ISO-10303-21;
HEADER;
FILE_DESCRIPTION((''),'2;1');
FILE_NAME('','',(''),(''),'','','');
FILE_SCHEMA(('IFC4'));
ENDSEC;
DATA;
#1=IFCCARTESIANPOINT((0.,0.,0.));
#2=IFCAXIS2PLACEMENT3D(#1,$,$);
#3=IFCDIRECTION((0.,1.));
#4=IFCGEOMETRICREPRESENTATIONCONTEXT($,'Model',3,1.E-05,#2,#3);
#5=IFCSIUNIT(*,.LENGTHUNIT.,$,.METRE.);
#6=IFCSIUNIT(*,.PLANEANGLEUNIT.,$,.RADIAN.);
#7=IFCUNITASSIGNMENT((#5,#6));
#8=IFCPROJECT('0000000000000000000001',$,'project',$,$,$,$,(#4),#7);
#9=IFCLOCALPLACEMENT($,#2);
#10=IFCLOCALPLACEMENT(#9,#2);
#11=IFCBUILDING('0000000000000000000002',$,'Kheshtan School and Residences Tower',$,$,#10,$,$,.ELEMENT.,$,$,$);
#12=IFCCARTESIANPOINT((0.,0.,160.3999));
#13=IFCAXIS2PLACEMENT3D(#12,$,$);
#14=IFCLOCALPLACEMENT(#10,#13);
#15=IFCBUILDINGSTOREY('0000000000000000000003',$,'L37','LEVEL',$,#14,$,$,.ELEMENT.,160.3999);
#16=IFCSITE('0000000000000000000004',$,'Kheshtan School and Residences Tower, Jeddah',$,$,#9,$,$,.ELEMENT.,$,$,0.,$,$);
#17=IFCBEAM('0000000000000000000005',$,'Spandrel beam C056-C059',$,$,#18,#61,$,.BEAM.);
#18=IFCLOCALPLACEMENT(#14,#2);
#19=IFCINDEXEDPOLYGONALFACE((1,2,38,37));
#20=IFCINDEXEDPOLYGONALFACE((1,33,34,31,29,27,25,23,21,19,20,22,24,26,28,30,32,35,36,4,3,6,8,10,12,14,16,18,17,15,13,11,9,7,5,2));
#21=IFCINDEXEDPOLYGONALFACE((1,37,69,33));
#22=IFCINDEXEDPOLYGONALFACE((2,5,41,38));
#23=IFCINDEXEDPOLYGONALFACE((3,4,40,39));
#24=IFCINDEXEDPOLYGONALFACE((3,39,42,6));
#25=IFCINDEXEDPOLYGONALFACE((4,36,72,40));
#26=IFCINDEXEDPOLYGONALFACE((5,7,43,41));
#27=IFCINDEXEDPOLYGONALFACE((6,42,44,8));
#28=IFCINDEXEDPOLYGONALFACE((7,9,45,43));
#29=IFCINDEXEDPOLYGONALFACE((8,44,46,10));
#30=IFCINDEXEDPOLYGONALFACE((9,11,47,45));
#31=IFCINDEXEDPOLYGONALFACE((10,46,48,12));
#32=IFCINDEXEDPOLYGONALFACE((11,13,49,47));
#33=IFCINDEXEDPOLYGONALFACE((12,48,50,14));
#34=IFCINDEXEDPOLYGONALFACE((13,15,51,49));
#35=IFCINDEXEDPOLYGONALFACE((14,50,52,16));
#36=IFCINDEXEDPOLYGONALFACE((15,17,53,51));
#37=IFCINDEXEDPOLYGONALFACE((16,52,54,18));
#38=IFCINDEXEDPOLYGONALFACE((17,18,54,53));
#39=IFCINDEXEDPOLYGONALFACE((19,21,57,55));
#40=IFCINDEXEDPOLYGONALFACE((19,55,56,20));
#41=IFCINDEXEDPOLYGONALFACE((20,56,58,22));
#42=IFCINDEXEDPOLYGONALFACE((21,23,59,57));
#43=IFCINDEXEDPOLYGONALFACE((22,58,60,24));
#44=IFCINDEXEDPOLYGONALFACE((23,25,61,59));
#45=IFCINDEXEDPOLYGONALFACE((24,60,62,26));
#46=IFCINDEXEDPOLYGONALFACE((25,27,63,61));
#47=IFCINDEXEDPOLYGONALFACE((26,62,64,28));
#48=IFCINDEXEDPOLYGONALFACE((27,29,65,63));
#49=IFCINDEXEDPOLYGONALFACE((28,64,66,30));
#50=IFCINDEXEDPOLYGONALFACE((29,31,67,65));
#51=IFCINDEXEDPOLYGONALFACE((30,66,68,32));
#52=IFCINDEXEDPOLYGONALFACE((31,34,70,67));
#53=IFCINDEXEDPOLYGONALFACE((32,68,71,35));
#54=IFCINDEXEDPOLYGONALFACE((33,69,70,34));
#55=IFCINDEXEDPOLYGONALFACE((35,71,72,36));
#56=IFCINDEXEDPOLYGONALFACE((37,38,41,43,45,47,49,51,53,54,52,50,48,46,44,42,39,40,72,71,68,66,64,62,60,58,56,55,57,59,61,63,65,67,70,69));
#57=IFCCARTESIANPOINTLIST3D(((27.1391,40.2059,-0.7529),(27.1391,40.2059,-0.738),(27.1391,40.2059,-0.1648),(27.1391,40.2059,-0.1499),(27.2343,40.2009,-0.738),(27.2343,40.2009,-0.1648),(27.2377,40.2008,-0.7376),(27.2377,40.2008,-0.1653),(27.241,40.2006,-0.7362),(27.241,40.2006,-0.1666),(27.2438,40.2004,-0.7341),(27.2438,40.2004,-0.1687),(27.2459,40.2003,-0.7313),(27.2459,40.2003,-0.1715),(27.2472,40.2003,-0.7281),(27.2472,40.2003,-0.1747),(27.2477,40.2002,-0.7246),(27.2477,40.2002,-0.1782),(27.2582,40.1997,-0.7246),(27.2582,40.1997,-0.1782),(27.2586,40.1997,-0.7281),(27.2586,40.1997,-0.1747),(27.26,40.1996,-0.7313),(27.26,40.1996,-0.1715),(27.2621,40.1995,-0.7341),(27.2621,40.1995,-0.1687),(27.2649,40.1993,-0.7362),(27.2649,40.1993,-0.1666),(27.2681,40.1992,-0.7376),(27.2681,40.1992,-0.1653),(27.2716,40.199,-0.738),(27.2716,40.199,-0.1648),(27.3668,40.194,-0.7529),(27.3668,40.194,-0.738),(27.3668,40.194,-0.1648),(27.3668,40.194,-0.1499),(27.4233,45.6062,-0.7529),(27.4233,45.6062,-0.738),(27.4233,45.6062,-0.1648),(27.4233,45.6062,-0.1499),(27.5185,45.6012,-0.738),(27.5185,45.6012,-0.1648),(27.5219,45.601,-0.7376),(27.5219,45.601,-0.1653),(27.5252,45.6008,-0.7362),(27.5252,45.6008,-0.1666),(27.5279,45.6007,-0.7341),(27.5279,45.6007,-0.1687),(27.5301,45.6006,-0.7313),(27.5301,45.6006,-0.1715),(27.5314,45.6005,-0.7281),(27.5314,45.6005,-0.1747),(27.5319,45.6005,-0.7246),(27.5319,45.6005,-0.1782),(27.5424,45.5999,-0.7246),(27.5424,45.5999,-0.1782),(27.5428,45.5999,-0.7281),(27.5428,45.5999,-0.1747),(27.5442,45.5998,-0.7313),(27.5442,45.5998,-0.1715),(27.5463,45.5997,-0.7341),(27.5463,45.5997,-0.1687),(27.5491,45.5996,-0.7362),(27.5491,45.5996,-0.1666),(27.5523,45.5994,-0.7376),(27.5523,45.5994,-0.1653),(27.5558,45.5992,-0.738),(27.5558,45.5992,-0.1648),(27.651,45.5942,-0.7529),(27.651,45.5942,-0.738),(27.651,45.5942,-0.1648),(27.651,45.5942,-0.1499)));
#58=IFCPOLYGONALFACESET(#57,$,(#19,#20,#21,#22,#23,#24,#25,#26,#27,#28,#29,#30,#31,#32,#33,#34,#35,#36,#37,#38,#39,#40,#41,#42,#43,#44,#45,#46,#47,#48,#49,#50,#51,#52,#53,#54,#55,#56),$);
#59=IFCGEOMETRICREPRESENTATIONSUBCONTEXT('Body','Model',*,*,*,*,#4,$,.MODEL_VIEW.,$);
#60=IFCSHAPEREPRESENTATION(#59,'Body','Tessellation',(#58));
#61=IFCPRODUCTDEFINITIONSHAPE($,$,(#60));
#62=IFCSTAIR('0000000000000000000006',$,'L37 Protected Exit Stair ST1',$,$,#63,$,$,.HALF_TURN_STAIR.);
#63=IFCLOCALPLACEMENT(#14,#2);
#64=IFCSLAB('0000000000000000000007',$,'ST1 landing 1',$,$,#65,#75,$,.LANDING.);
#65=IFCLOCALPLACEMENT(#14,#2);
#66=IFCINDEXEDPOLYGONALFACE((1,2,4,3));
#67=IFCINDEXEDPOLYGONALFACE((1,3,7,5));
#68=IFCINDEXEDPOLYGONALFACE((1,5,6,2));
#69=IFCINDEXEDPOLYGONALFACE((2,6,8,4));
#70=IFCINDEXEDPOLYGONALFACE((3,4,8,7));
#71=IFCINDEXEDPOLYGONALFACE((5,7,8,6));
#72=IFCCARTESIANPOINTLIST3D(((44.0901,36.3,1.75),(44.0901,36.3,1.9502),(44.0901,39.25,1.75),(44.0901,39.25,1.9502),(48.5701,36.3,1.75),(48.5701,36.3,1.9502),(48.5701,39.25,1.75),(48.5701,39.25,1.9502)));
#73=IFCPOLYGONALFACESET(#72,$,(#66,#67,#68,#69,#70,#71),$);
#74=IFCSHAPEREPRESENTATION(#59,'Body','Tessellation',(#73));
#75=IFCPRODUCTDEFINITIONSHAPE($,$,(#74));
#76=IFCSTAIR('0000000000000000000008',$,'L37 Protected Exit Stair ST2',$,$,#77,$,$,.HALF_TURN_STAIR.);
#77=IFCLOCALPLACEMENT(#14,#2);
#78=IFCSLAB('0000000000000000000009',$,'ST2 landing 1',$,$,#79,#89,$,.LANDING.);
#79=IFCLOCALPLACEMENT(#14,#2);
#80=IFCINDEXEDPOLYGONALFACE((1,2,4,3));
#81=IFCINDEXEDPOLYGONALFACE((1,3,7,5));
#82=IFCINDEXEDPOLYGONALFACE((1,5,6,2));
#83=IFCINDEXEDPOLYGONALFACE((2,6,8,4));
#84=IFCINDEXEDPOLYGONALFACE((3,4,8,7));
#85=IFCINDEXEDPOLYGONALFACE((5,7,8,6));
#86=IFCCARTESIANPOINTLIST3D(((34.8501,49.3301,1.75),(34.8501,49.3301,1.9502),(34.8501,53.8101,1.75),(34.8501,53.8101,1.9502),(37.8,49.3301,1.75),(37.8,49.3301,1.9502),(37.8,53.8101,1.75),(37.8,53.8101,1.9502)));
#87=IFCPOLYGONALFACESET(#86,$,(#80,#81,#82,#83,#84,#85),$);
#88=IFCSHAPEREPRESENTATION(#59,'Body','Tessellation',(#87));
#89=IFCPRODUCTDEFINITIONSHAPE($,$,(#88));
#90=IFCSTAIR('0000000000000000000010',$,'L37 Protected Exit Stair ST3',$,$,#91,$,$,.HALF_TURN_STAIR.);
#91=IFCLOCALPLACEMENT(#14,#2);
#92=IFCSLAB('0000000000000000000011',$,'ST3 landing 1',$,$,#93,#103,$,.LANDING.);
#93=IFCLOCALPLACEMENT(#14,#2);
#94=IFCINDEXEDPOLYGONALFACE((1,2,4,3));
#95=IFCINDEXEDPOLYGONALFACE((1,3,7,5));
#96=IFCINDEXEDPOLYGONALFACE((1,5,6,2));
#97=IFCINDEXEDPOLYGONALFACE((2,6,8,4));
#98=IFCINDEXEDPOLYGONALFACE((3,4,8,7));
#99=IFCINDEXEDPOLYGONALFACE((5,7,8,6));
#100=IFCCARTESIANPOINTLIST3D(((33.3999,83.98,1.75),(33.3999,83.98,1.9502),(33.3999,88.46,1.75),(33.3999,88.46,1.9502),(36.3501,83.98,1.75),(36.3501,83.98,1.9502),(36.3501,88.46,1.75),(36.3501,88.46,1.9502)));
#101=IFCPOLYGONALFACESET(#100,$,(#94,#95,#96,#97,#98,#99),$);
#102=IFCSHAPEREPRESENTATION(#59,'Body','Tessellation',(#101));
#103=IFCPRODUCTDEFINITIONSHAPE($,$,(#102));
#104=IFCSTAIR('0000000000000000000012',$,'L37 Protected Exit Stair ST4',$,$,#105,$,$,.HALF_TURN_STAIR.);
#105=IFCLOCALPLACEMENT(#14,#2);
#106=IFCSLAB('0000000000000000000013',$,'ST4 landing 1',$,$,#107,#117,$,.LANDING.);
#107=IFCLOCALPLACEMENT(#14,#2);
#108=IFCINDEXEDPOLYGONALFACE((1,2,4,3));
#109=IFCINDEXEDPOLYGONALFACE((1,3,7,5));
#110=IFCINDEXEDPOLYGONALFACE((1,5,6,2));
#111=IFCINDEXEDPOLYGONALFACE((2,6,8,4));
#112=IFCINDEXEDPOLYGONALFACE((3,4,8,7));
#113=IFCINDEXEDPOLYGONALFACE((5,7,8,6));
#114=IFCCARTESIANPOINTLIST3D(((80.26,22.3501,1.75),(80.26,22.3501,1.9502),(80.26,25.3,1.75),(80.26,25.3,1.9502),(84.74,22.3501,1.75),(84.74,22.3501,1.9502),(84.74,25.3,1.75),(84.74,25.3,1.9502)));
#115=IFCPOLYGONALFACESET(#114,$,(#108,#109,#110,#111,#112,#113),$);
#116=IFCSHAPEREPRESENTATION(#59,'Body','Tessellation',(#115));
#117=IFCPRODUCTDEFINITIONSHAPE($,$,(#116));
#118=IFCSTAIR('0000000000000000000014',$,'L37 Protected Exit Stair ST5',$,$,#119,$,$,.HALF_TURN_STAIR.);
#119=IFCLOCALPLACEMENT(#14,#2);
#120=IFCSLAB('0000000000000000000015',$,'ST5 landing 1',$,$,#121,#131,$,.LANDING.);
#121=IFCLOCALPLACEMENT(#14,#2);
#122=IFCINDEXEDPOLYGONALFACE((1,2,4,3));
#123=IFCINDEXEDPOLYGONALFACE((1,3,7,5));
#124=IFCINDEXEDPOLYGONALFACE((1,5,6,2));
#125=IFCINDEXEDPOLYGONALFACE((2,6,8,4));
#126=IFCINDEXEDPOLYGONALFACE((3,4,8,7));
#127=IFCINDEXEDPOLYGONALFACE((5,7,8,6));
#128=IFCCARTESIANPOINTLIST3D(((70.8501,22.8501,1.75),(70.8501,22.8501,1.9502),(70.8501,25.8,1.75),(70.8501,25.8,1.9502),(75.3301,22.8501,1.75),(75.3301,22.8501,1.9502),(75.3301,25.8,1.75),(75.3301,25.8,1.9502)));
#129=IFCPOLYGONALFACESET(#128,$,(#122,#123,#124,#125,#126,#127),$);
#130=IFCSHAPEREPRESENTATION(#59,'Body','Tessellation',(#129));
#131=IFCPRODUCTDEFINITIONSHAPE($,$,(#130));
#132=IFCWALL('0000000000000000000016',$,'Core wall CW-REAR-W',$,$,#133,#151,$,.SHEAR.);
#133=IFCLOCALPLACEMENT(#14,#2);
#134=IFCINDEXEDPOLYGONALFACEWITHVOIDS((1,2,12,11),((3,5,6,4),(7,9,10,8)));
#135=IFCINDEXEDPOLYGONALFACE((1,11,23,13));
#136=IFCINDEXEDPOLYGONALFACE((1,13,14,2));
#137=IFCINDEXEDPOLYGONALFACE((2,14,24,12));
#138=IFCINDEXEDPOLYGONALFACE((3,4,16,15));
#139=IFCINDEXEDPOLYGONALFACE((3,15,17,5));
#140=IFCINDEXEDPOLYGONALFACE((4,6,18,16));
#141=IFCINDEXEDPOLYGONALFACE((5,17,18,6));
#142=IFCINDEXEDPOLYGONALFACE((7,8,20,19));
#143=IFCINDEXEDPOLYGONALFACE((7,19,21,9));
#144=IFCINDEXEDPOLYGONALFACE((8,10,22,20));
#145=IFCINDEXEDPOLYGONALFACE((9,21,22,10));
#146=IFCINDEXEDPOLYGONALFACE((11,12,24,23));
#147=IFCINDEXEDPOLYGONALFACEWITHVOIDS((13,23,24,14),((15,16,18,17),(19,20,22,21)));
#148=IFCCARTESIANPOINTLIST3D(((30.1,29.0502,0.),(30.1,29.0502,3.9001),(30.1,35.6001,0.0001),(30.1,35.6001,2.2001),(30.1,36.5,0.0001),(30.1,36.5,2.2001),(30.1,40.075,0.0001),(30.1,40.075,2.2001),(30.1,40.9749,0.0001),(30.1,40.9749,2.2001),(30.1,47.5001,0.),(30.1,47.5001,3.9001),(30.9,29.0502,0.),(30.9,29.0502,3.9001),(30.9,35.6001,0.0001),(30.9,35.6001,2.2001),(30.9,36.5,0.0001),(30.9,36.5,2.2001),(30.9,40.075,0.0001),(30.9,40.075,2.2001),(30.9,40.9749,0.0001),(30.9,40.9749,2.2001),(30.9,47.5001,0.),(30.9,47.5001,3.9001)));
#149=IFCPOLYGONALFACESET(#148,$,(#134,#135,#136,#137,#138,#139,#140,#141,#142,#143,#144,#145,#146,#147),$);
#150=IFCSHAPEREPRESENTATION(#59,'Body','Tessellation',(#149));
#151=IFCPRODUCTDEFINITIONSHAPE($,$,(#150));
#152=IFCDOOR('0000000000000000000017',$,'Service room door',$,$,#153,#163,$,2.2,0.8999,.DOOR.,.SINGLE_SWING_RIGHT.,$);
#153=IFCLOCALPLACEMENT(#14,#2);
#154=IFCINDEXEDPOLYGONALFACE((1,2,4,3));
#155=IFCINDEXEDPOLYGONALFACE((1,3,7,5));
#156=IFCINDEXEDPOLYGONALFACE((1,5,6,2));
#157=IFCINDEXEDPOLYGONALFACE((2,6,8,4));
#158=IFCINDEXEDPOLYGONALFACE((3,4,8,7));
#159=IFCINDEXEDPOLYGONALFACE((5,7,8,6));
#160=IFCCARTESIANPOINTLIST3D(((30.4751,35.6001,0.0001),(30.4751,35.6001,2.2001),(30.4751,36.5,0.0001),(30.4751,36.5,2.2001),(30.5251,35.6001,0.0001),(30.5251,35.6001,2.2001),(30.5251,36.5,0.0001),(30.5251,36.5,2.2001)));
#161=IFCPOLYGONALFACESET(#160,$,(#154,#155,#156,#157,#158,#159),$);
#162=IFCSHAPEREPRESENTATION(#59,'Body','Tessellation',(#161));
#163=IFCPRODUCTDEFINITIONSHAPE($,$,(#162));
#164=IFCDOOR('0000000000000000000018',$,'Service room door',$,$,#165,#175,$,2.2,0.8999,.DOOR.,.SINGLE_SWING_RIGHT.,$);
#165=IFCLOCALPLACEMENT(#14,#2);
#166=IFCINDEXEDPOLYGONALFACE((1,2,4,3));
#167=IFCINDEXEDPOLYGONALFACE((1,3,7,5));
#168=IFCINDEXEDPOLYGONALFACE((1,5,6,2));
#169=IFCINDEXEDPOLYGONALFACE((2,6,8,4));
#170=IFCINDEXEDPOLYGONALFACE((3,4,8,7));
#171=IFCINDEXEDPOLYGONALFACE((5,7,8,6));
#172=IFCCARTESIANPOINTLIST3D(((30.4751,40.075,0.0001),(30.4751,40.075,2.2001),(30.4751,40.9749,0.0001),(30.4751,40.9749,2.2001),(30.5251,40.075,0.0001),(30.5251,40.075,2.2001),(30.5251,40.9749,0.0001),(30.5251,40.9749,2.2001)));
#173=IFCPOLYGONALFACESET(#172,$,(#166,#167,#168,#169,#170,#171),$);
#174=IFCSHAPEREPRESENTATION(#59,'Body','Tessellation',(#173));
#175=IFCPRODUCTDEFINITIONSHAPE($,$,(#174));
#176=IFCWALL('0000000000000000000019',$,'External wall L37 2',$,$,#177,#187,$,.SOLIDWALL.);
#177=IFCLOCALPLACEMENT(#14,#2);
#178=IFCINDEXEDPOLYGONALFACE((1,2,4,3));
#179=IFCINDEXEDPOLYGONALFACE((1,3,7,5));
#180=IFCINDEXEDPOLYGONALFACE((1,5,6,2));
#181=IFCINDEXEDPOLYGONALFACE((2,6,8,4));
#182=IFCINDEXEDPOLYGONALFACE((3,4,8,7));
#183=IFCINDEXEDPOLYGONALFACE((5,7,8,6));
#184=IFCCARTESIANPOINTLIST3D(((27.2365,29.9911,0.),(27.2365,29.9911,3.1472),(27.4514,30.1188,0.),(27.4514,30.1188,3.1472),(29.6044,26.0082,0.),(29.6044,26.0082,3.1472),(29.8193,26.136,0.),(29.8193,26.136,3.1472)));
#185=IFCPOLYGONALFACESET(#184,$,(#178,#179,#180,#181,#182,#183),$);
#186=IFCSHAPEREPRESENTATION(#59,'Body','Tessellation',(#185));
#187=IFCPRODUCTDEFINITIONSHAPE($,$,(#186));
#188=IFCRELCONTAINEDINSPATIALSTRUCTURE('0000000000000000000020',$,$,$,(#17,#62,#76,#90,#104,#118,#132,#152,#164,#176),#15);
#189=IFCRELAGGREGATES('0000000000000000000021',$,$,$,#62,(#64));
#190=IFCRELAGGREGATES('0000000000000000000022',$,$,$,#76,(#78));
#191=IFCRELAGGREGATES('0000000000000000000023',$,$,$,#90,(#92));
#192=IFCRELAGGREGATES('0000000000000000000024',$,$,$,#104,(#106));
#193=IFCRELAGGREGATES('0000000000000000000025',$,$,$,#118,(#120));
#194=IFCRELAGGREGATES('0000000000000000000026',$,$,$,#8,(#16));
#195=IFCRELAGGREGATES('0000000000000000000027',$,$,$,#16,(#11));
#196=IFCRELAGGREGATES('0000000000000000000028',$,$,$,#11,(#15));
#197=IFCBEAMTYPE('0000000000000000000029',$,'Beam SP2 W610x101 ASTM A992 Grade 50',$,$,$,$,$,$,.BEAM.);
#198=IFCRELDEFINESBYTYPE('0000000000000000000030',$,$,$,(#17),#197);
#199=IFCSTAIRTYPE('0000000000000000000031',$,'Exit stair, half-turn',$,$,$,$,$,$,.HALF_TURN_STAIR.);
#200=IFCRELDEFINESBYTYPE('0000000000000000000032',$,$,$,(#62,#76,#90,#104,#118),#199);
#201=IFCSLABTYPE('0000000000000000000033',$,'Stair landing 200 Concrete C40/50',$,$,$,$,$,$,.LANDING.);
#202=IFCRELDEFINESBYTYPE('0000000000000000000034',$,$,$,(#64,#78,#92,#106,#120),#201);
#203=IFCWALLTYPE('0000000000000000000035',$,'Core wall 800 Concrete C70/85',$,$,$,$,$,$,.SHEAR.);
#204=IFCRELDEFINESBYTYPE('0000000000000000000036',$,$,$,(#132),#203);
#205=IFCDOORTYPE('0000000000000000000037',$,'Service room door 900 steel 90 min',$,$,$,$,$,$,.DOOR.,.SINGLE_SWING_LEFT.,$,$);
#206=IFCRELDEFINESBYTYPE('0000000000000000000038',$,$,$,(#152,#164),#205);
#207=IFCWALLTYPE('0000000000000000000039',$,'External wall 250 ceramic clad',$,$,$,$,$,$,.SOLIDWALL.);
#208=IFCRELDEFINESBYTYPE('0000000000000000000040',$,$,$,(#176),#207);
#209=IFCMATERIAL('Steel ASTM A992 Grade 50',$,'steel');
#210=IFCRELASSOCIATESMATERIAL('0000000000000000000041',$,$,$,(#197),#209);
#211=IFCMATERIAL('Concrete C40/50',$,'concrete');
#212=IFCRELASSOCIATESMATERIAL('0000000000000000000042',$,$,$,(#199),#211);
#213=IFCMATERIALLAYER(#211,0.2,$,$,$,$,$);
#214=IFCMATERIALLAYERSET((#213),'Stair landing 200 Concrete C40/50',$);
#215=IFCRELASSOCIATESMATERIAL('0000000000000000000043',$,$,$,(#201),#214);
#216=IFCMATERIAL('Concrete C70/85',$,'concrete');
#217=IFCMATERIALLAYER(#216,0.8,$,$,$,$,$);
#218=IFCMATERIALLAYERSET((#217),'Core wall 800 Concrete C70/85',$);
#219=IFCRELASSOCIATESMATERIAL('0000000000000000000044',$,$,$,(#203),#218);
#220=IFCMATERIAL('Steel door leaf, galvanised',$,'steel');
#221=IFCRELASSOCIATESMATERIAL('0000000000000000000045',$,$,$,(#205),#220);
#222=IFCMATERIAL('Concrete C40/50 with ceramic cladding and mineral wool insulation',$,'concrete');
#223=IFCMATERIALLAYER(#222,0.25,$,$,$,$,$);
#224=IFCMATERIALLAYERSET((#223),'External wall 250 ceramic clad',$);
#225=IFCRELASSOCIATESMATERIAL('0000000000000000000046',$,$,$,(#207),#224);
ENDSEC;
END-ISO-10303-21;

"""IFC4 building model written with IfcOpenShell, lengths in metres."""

from ifc_helpers import new_model, si_unit, direction, frame, frame_2d, origin, origin_2d, place, context, subcontext, project, spatial, polyline, rectangle, i_section, outline, extrude, source, transform, mapped, material, layer, layer_set, material_profile, profile_set, type_object, element, fill, aggregate, save


model = new_model("IFC4")

# Units and contexts
model_context = context("Model", 3, precision=1e-05, world=origin(), true_north=direction((0.0, 1.0)))
body_context = subcontext(model_context, "Body", "Model", "MODEL_VIEW")
ifc_project = project(units=[si_unit("LENGTHUNIT", "METRE"), si_unit("PLANEANGLEUNIT", "RADIAN")], contexts=[model_context])

# Site, building, storey
site_placement = place(None, origin())
site = spatial("IfcSite", under=ifc_project, at=site_placement, Name="Kheshtan School and Residences Tower, Jeddah", CompositionType="ELEMENT", RefElevation=0.0)
building_placement = place(site_placement, origin())
building = spatial("IfcBuilding", under=site, at=building_placement, Name="Kheshtan School and Residences Tower", CompositionType="ELEMENT")
storey_placement = place(building_placement, frame((0.0, 0.0, 160.3999)))
storey = spatial("IfcBuildingStorey", under=building, at=storey_placement, Name="L37", Description="LEVEL", CompositionType="ELEMENT", Elevation=160.3999)

# Shared definitions
ifc_material_1 = material(Name="Steel ASTM A992 Grade 50", Category="steel")

# Beam
ifc_material_profile_1 = material_profile(ifc_material_1, i_section(OverallWidth=0.228, OverallDepth=0.603, WebThickness=0.0105, FlangeThickness=0.0149, FilletRadius=0.0134, at=origin_2d()), Name="W610x101")
ifc_profile_set_1 = profile_set([ifc_material_profile_1], Name="Steel ASTM A992 Grade 50")
beam_type_1 = type_object("IfcBeamType", Name="Beam SP2 W610x101 ASTM A992 Grade 50", PredefinedType="BEAM", material=ifc_profile_set_1)
beam_1_placement = place(storey_placement, frame((27.2529, 40.2, -0.4514), z_axis=(0.052552, 0.998618, 0.0), x_axis=(-0.998618, 0.052552, 0.0)))
element("IfcBeam", 1, at=beam_1_placement, inside=storey, type_object=beam_type_1, Name="Spandrel beam C056-C059", PredefinedType="BEAM", context=body_context, shape_type="SweptSolid", body=[
    extrude(i_section(OverallWidth=0.228, OverallDepth=0.603, WebThickness=0.0105, FlangeThickness=0.0149, FilletRadius=0.0134, at=origin_2d()), origin(), (0.0, 0.0, 1.0), 5.4077),
])

# Shared definitions
ifc_material_2 = material(Name="Concrete C40/50", Category="concrete")

# Stairs, slabs
stair_type = type_object("IfcStairType", Name="Exit stair, half-turn", PredefinedType="HALF_TURN_STAIR", material=ifc_material_2)
stair_1_placement = place(storey_placement, origin())
stair_1 = element("IfcStair", 2, at=stair_1_placement, inside=storey, type_object=stair_type, Name="L37 Protected Exit Stair ST1", PredefinedType="HALF_TURN_STAIR")
ifc_layer_1 = layer(ifc_material_2, 0.2)
ifc_layer_set_1 = layer_set([ifc_layer_1], Name="Stair landing 200 Concrete C40/50")
slab_type_1 = type_object("IfcSlabType", Name="Stair landing 200 Concrete C40/50", PredefinedType="LANDING", material=ifc_layer_set_1)
slab_1_placement = place(storey_placement, frame((0.0, 0.0, 1.75)))
slab_1 = element("IfcSlab", 3, at=slab_1_placement, type_object=slab_type_1, Name="ST1 landing 1", PredefinedType="LANDING", context=body_context, shape_type="SweptSolid", body=[
    extrude(outline(polyline([(48.5701, 39.25), (44.0901, 39.25), (44.0901, 36.3), (48.5701, 36.3), (48.5701, 39.25)])), origin(), (0.0, 0.0, 1.0), 0.2002),
])
aggregate(stair_1, [slab_1])
stair_2_placement = place(storey_placement, origin())
stair_2 = element("IfcStair", 4, at=stair_2_placement, inside=storey, type_object=stair_type, Name="L37 Protected Exit Stair ST2", PredefinedType="HALF_TURN_STAIR")
slab_2_placement = place(storey_placement, frame((0.0, 0.0, 1.75)))
slab_2 = element("IfcSlab", 5, at=slab_2_placement, type_object=slab_type_1, Name="ST2 landing 1", PredefinedType="LANDING", context=body_context, shape_type="SweptSolid", body=[
    extrude(outline(polyline([(37.8, 49.3301), (37.8, 53.8101), (34.8501, 53.8101), (34.8501, 49.3301), (37.8, 49.3301)])), origin(), (0.0, 0.0, 1.0), 0.2002),
])
aggregate(stair_2, [slab_2])
stair_3_placement = place(storey_placement, origin())
stair_3 = element("IfcStair", 6, at=stair_3_placement, inside=storey, type_object=stair_type, Name="L37 Protected Exit Stair ST3", PredefinedType="HALF_TURN_STAIR")
slab_3_placement = place(storey_placement, frame((0.0, 0.0, 1.75)))
slab_3 = element("IfcSlab", 7, at=slab_3_placement, type_object=slab_type_1, Name="ST3 landing 1", PredefinedType="LANDING", context=body_context, shape_type="SweptSolid", body=[
    extrude(outline(polyline([(36.3501, 83.98), (36.3501, 88.46), (33.3999, 88.46), (33.3999, 83.98), (36.3501, 83.98)])), origin(), (0.0, 0.0, 1.0), 0.2002),
])
aggregate(stair_3, [slab_3])
stair_4_placement = place(storey_placement, origin())
stair_4 = element("IfcStair", 8, at=stair_4_placement, inside=storey, type_object=stair_type, Name="L37 Protected Exit Stair ST4", PredefinedType="HALF_TURN_STAIR")
slab_4_placement = place(storey_placement, frame((0.0, 0.0, 1.75)))
slab_4 = element("IfcSlab", 9, at=slab_4_placement, type_object=slab_type_1, Name="ST4 landing 1", PredefinedType="LANDING", context=body_context, shape_type="SweptSolid", body=[
    extrude(outline(polyline([(84.74, 25.3), (80.26, 25.3), (80.26, 22.3501), (84.74, 22.3501), (84.74, 25.3)])), origin(), (0.0, 0.0, 1.0), 0.2002),
])
aggregate(stair_4, [slab_4])
stair_5_placement = place(storey_placement, origin())
stair_5 = element("IfcStair", 10, at=stair_5_placement, inside=storey, type_object=stair_type, Name="L37 Protected Exit Stair ST5", PredefinedType="HALF_TURN_STAIR")
slab_5_placement = place(storey_placement, frame((0.0, 0.0, 1.75)))
slab_5 = element("IfcSlab", 11, at=slab_5_placement, type_object=slab_type_1, Name="ST5 landing 1", PredefinedType="LANDING", context=body_context, shape_type="SweptSolid", body=[
    extrude(outline(polyline([(75.3301, 25.8), (70.8501, 25.8), (70.8501, 22.8501), (75.3301, 22.8501), (75.3301, 25.8)])), origin(), (0.0, 0.0, 1.0), 0.2002),
])
aggregate(stair_5, [slab_5])

# Wall, openings, doors
ifc_material_3 = material(Name="Concrete C70/85", Category="concrete")
ifc_layer_2 = layer(ifc_material_3, 0.8)
ifc_layer_set_2 = layer_set([ifc_layer_2], Name="Core wall 800 Concrete C70/85")
wall_type_1 = type_object("IfcWallType", Name="Core wall 800 Concrete C70/85", PredefinedType="SHEAR", material=ifc_layer_set_2)
wall_1_placement = place(storey_placement, frame((30.5, 29.05, 0.0), z_axis=(0.0, 0.0, 1.0), x_axis=(0.0, 1.0, 0.0)))
wall_1 = element("IfcWall", 12, at=wall_1_placement, inside=storey, type_object=wall_type_1, Name="Core wall CW-REAR-W", PredefinedType="SHEAR", context=body_context, shape_type="SweptSolid", body=[
    extrude(rectangle(XDim=18.45, YDim=0.8, at=frame_2d((9.2251, 0.0))), origin(), (0.0, 0.0, 1.0), 3.9001),
])
opening_1_placement = place(wall_1_placement, frame((6.55, 0.0, 0.0)))
opening_1 = element("IfcOpeningElement", 13, at=opening_1_placement, cuts=wall_1, PredefinedType="OPENING", context=body_context, shape_type="SweptSolid", body=[
    extrude(rectangle(XDim=0.8999, YDim=2.2, at=frame_2d((0.45, 1.1001))), frame((0.0, 0.4102, 0.0), z_axis=(0.0, -1.0, 0.0), x_axis=(1.0, 0.0, 0.0)), (0.0, 0.0, 1.0), 0.8201),
])
opening_2_placement = place(wall_1_placement, frame((11.0249, 0.0, 0.0)))
opening_2 = element("IfcOpeningElement", 14, at=opening_2_placement, cuts=wall_1, PredefinedType="OPENING", context=body_context, shape_type="SweptSolid", body=[
    extrude(rectangle(XDim=0.8999, YDim=2.2, at=frame_2d((0.45, 1.1001))), frame((0.0, 0.4102, 0.0), z_axis=(0.0, -1.0, 0.0), x_axis=(1.0, 0.0, 0.0)), (0.0, 0.0, 1.0), 0.8201),
])
ifc_material_4 = material(Name="Steel door leaf, galvanised", Category="steel")
door_type = type_object("IfcDoorType", Name="Service room door 900 steel 90 min", OperationType="SINGLE_SWING_LEFT", PredefinedType="DOOR", material=ifc_material_4)
shared_shape = source(origin(), body_context, "Body", "SweptSolid", [
    extrude(rectangle(XDim=0.8999, YDim=2.2, at=frame_2d((0.45, 1.1001))), frame((0.0, 0.0249, 0.0), z_axis=(0.0, -1.0, 0.0), x_axis=(1.0, 0.0, 0.0)), (0.0, 0.0, 1.0), 0.05),
])
door_1_placement = place(opening_1_placement, origin())
door_1 = element("IfcDoor", 15, at=door_1_placement, inside=storey, type_object=door_type, Name="Service room door", OperationType="SINGLE_SWING_RIGHT", OverallHeight=2.2, OverallWidth=0.8999, PredefinedType="DOOR", context=body_context, shape_type="MappedRepresentation", body=[
    mapped(shared_shape, transform((0.0, 0.0, 0.0), x_axis=(1.0, 0.0, 0.0), y_axis=(0.0, 1.0, 0.0), z_axis=(0.0, 0.0, 1.0), scale=1.0)),
])
fill(opening_1, door_1)
door_2_placement = place(opening_2_placement, origin())
door_2 = element("IfcDoor", 16, at=door_2_placement, inside=storey, type_object=door_type, Name="Service room door", OperationType="SINGLE_SWING_RIGHT", OverallHeight=2.2, OverallWidth=0.8999, PredefinedType="DOOR", context=body_context, shape_type="MappedRepresentation", body=[
    mapped(shared_shape, transform((0.0, 0.0, 0.0), x_axis=(1.0, 0.0, 0.0), y_axis=(0.0, 1.0, 0.0), z_axis=(0.0, 0.0, 1.0), scale=1.0)),
])
fill(opening_2, door_2)

# Wall
ifc_material_5 = material(Name="Concrete C40/50 with ceramic cladding and mineral wool insulation", Category="concrete")
ifc_layer_3 = layer(ifc_material_5, 0.25)
ifc_layer_set_3 = layer_set([ifc_layer_3], Name="External wall 250 ceramic clad")
wall_type_2 = type_object("IfcWallType", Name="External wall 250 ceramic clad", PredefinedType="SOLIDWALL", material=ifc_layer_set_3)
wall_2_placement = place(storey_placement, frame((29.7119, 26.072, 0.0), z_axis=(0.0, 0.0, 1.0), x_axis=(-0.511028, 0.859564, 0.0)))
element("IfcWall", 17, at=wall_2_placement, inside=storey, type_object=wall_type_2, Name="External wall L37 2", PredefinedType="SOLIDWALL", context=body_context, shape_type="SweptSolid", body=[
    extrude(rectangle(XDim=4.6335, YDim=0.25, at=frame_2d((2.3169, 0.0))), origin(), (0.0, 0.0, 1.0), 3.1472),
])

save(model, "model.ifc")
